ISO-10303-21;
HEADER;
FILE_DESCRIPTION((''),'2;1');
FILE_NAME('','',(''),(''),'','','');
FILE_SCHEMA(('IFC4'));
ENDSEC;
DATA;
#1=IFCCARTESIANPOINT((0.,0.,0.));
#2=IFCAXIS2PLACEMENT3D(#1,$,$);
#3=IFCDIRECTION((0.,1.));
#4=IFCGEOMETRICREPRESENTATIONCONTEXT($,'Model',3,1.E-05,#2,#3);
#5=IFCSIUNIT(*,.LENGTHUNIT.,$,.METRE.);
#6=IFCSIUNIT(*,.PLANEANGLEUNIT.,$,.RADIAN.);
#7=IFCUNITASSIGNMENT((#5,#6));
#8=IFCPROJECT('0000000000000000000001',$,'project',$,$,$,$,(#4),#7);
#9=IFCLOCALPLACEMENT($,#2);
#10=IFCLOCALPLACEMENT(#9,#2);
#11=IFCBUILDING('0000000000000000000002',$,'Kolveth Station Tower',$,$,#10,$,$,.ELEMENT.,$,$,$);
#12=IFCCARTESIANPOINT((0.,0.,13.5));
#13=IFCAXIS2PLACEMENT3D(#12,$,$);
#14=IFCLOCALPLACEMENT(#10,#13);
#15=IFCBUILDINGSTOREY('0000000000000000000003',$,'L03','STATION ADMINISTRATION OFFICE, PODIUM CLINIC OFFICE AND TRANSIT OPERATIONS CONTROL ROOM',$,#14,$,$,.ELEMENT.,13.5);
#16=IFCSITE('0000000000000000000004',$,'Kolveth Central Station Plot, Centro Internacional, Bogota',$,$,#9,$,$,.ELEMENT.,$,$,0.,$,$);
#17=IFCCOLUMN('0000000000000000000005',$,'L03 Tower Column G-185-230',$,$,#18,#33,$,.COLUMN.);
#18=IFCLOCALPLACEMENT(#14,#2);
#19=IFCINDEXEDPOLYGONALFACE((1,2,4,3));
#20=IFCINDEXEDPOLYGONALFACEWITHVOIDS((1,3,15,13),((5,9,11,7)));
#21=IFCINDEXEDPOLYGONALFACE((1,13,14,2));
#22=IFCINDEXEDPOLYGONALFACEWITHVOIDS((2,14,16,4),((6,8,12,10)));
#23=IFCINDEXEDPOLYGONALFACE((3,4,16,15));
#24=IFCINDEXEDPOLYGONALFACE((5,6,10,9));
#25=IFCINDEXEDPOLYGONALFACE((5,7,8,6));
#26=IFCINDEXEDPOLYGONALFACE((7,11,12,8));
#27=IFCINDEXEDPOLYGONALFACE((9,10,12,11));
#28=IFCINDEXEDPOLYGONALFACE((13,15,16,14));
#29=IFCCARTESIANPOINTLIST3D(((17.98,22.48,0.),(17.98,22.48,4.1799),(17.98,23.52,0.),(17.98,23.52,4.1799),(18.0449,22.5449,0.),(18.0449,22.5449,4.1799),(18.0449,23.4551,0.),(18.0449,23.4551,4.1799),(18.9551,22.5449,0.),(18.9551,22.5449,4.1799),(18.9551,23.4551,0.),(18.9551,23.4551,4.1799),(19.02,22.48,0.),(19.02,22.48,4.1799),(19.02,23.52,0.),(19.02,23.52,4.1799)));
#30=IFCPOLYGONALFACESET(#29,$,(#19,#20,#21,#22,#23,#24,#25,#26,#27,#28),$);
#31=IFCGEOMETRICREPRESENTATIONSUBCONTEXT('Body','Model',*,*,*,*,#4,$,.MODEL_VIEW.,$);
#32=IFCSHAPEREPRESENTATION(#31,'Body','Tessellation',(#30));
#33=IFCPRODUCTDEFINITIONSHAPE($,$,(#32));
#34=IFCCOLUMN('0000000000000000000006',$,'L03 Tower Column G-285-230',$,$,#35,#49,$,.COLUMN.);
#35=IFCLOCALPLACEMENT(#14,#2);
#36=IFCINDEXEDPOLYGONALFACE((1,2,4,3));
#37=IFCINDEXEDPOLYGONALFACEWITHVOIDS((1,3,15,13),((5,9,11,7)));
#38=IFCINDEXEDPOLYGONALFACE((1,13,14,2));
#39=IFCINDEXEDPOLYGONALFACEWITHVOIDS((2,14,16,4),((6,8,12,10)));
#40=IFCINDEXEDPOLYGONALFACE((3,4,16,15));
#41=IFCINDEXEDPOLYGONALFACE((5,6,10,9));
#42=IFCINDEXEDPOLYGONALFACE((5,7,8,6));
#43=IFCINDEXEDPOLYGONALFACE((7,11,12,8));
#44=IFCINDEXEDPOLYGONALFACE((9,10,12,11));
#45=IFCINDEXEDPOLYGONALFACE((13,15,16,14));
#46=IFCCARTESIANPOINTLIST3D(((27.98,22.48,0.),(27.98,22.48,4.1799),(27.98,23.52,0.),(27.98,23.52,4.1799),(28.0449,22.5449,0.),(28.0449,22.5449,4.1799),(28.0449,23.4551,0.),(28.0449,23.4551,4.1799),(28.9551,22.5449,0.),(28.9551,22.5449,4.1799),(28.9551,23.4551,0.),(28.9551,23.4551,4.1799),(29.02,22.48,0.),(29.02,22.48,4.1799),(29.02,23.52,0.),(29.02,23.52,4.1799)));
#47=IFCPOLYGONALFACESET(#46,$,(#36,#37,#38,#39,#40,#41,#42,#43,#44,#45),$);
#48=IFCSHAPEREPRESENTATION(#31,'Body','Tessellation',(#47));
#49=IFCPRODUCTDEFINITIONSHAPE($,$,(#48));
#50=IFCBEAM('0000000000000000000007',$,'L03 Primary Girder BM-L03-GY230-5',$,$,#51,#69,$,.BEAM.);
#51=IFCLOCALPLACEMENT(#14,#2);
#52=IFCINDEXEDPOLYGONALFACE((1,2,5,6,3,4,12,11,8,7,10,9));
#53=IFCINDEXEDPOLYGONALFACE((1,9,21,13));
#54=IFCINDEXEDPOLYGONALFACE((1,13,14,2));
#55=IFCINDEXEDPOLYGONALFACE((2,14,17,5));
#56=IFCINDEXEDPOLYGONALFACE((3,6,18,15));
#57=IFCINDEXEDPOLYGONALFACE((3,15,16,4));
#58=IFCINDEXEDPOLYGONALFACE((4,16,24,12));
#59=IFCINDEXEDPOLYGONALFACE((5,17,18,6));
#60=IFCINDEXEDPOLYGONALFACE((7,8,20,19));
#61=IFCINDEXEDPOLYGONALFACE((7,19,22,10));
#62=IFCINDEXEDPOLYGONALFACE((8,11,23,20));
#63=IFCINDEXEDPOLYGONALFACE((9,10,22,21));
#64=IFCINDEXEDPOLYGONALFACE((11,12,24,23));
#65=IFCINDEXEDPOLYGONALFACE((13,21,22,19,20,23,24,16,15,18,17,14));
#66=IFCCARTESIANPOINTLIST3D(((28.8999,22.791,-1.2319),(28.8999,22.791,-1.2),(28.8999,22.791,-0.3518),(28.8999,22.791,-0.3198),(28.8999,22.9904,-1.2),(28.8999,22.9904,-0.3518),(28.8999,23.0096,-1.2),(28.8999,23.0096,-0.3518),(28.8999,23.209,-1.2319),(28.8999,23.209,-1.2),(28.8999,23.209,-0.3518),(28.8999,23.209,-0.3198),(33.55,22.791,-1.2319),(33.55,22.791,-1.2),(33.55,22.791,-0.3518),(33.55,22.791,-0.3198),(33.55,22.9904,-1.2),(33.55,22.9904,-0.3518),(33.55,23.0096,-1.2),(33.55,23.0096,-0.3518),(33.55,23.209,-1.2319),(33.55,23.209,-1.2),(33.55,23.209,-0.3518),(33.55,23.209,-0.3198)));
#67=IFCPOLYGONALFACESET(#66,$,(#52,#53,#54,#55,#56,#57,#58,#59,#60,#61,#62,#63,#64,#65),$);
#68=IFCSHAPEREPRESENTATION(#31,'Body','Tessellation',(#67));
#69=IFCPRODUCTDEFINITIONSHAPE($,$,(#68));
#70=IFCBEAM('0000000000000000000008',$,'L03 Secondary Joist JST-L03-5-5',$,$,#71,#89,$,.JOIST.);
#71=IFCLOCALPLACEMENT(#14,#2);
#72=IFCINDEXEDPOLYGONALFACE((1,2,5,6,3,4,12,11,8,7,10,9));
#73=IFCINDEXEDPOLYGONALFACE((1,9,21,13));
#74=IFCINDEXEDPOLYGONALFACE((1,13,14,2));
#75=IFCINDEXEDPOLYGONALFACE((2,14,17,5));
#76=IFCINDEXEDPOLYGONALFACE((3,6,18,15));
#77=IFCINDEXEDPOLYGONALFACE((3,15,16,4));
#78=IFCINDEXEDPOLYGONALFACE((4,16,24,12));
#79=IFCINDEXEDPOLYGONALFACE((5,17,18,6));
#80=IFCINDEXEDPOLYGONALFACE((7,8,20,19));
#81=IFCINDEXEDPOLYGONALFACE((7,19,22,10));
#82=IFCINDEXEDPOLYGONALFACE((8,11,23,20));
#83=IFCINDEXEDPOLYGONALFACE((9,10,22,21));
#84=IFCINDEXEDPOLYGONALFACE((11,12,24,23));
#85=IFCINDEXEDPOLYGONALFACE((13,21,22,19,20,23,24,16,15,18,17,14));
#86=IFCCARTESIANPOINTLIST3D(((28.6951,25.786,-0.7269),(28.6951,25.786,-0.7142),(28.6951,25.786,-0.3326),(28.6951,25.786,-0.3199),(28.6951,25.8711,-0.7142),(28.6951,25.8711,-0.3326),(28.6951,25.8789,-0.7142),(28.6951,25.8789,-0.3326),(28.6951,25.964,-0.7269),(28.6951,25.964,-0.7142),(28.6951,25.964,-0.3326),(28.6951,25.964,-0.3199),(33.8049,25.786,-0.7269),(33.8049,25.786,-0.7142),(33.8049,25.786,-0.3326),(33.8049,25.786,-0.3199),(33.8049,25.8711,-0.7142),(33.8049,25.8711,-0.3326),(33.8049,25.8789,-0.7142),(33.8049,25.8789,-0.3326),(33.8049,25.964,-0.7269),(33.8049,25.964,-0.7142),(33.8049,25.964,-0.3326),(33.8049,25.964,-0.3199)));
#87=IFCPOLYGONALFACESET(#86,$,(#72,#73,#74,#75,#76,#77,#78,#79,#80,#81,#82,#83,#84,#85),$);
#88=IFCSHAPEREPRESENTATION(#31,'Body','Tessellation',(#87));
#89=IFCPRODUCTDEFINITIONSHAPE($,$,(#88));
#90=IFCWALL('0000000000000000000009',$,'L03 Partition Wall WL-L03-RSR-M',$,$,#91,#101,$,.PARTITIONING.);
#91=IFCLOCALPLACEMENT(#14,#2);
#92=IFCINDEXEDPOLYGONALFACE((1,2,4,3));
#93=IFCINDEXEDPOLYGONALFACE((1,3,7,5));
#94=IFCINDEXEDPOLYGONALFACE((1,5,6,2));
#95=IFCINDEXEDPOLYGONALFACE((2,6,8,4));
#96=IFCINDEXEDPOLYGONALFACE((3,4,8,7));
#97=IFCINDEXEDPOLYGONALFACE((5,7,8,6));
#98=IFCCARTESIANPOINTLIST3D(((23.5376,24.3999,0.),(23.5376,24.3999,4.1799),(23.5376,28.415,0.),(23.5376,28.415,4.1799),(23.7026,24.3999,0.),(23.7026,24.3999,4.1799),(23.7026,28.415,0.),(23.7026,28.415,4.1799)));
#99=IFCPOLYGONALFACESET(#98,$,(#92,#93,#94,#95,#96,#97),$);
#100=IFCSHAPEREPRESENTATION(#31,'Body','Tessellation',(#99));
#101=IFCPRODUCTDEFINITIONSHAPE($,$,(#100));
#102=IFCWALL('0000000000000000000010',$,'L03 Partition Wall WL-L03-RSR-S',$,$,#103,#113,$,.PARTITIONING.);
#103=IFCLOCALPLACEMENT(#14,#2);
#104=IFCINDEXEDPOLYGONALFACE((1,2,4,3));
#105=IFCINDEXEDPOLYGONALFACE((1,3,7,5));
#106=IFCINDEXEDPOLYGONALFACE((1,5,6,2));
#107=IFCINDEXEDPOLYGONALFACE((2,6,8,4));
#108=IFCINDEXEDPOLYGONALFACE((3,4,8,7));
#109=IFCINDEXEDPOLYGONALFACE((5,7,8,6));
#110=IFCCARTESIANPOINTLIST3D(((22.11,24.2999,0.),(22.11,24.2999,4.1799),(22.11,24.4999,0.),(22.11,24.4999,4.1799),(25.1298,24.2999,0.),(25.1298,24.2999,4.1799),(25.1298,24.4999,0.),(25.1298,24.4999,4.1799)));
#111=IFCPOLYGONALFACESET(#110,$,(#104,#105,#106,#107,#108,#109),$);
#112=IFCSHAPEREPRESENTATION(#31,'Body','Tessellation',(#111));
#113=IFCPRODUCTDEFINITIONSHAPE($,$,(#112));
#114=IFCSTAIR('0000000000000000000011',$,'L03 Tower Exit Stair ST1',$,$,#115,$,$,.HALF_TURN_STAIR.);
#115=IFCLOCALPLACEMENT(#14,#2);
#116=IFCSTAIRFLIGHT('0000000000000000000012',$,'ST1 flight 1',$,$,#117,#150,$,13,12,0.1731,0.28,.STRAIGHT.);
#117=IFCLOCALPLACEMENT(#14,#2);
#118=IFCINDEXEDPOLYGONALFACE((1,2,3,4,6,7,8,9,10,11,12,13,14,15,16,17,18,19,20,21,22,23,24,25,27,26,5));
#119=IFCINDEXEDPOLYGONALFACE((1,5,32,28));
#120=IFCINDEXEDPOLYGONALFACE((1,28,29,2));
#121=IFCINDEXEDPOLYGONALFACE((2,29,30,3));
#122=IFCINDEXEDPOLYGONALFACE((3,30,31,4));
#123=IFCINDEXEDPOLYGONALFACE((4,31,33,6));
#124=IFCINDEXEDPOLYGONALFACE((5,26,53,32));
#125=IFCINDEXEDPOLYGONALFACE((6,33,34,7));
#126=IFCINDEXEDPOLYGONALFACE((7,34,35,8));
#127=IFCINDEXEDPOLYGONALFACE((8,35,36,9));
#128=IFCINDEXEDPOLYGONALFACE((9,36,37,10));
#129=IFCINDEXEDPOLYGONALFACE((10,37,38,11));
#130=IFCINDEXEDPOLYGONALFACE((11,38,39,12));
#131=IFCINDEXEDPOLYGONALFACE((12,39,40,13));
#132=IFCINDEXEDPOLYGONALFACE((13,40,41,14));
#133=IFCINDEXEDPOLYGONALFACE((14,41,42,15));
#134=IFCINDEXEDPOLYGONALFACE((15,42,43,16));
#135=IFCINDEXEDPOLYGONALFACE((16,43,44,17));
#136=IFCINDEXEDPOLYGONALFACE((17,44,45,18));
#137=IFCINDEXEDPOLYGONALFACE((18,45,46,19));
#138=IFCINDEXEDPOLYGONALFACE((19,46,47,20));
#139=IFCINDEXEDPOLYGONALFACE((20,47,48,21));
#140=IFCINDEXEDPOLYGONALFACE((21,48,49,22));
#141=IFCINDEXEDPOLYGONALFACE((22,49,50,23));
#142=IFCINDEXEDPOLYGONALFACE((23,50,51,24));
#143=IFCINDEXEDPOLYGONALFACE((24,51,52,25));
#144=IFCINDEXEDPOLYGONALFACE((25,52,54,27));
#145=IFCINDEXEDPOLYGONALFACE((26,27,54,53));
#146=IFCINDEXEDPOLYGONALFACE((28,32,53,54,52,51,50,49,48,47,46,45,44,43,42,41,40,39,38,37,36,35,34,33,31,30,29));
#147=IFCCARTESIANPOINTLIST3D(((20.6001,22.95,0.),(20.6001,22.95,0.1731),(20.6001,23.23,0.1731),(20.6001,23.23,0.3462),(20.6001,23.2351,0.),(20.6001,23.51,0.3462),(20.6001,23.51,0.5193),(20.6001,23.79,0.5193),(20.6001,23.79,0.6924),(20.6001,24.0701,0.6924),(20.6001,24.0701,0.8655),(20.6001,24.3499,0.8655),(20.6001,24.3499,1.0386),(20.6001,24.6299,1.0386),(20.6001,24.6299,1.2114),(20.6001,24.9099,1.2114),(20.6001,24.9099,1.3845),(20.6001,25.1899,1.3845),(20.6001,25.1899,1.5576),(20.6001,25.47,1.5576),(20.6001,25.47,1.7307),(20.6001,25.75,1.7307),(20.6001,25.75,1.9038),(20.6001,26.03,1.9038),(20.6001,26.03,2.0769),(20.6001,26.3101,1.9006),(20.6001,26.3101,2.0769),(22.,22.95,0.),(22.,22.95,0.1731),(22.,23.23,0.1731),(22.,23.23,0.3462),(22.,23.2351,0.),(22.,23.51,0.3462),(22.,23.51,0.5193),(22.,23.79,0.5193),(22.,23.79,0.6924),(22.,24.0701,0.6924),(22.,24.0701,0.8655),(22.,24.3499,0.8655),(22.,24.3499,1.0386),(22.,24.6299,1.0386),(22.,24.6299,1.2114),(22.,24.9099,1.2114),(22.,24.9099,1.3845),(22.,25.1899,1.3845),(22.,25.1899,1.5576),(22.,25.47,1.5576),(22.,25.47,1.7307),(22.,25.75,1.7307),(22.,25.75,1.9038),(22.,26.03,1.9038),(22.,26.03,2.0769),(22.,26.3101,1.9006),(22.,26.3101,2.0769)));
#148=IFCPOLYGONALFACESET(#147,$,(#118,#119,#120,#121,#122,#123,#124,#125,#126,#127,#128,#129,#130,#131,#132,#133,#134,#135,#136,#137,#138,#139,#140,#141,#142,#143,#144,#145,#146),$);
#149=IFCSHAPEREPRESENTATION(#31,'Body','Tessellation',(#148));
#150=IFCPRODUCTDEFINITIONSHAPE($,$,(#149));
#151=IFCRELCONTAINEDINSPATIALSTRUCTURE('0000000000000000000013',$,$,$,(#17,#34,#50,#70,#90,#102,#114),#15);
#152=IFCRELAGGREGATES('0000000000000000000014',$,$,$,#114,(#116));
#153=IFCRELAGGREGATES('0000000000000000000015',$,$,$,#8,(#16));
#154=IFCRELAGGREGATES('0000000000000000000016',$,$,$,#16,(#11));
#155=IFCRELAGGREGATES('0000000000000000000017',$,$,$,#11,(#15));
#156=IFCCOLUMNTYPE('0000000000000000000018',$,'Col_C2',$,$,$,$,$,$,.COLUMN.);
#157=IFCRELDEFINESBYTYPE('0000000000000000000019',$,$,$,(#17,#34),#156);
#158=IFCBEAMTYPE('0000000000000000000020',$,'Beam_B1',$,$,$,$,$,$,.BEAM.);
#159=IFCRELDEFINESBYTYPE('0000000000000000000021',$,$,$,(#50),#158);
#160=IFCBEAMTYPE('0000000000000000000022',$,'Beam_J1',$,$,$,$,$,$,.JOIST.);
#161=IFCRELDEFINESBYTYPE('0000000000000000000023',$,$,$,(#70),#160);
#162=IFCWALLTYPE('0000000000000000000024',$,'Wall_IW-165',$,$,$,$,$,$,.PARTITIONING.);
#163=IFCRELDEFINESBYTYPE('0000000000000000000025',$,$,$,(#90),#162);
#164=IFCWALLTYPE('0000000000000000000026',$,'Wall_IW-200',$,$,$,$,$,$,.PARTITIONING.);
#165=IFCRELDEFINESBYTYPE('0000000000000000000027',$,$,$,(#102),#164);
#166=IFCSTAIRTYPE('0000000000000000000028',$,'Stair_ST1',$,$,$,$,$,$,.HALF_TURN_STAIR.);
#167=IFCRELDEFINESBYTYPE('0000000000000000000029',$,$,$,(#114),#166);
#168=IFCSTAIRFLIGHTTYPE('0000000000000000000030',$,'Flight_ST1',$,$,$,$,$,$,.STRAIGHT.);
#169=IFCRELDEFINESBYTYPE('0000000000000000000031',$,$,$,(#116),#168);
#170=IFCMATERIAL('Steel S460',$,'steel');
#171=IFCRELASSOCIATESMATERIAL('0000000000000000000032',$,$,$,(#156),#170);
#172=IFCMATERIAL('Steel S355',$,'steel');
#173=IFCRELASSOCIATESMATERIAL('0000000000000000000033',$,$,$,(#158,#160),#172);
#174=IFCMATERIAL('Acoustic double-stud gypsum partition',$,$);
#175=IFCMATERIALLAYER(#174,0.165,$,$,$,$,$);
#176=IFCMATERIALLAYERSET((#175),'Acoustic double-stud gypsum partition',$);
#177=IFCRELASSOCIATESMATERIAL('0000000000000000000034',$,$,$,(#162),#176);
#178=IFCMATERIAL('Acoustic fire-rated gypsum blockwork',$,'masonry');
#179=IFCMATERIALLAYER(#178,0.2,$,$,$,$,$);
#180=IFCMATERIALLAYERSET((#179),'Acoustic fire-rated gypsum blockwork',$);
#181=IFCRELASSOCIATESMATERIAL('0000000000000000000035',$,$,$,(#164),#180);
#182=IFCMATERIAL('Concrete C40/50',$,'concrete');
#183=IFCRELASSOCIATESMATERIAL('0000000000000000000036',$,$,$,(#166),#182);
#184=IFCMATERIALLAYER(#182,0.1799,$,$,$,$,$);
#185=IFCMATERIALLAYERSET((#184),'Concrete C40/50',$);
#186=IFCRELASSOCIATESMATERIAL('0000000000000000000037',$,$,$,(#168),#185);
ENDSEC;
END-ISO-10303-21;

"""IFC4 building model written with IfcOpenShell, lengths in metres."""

from ifc_helpers import new_model, si_unit, direction, frame, frame_2d, origin, origin_2d, place, context, subcontext, project, spatial, polyline, rectangle, hollow_rectangle, i_section, outline, extrude, source, transform, mapped, material, layer, layer_set, material_profile, profile_set, type_object, element, aggregate, save


model = new_model("IFC4")

# Units and contexts
model_context = context("Model", 3, precision=1e-05, world=origin(), true_north=direction((0.0, 1.0)))
body_context = subcontext(model_context, "Body", "Model", "MODEL_VIEW")
ifc_project = project(units=[si_unit("LENGTHUNIT", "METRE"), si_unit("PLANEANGLEUNIT", "RADIAN")], contexts=[model_context])

# Site, building, storey
site_placement = place(None, origin())
site = spatial("IfcSite", under=ifc_project, at=site_placement, Name="Kolveth Central Station Plot, Centro Internacional, Bogota", CompositionType="ELEMENT", RefElevation=0.0)
building_placement = place(site_placement, origin())
building = spatial("IfcBuilding", under=site, at=building_placement, Name="Kolveth Station Tower", CompositionType="ELEMENT")
storey_placement = place(building_placement, frame((0.0, 0.0, 13.5)))
storey = spatial("IfcBuildingStorey", under=building, at=storey_placement, Name="L03", Description="STATION ADMINISTRATION OFFICE, PODIUM CLINIC OFFICE AND TRANSIT OPERATIONS CONTROL ROOM", CompositionType="ELEMENT", Elevation=13.5)

# Columns
ifc_material_1 = material(Name="Steel S460", Category="steel")
ifc_material_profile_1 = material_profile(ifc_material_1, hollow_rectangle(XDim=1.04, YDim=1.04, WallThickness=0.0649, at=origin_2d()), Name="BOX1040x1040x65")
ifc_profile_set_1 = profile_set([ifc_material_profile_1], Name="Steel S460")
column_type = type_object("IfcColumnType", Name="Col_C2", PredefinedType="COLUMN", material=ifc_profile_set_1)
shared_shape_1 = source(origin(), body_context, "Body", "SweptSolid", [
    extrude(hollow_rectangle(XDim=1.04, YDim=1.04, WallThickness=0.0649, at=origin_2d()), origin(), (0.0, 0.0, 1.0), 4.1799),
])
for number, where, z_axis, x_axis, name in (
    (1, (18.5, 23.0, 0.0), (0.0, 0.0, 1.0), (1.0, 0.0, 0.0), "L03 Tower Column G-185-230"),
    (2, (28.5, 23.0, 0.0), (0.0, 0.0, 1.0), (1.0, 0.0, 0.0), "L03 Tower Column G-285-230"),
):
    element("IfcColumn", number, at=place(storey_placement, frame(where, z_axis=z_axis, x_axis=x_axis)), inside=storey, type_object=column_type, Name=name, PredefinedType="COLUMN", context=body_context, shape_type="MappedRepresentation", body=[
        mapped(shared_shape_1, transform((0.0, 0.0, 0.0), x_axis=(1.0, 0.0, 0.0), y_axis=(0.0, 1.0, 0.0), z_axis=(0.0, 0.0, 1.0), scale=1.0)),
    ])

# Beams
ifc_material_2 = material(Name="Steel S355", Category="steel")
ifc_material_profile_2 = material_profile(ifc_material_2, i_section(OverallWidth=0.418, OverallDepth=0.9121, WebThickness=0.0193, FlangeThickness=0.032, at=origin_2d()), Name="W920x342")
ifc_profile_set_2 = profile_set([ifc_material_profile_2], Name="Steel S355")
beam_type_1 = type_object("IfcBeamType", Name="Beam_B1", PredefinedType="BEAM", material=ifc_profile_set_2)
shared_shape_2 = source(origin(), body_context, "Body", "SweptSolid", [
    extrude(i_section(OverallWidth=0.418, OverallDepth=0.9121, WebThickness=0.0193, FlangeThickness=0.032, at=origin_2d()), origin(), (0.0, 0.0, 1.0), 4.6501),
])
beam_1_placement = place(storey_placement, frame((28.8999, 23.0, -0.7759), z_axis=(1.0, 0.0, 0.0), x_axis=(0.0, 1.0, 0.0)))
element("IfcBeam", 3, at=beam_1_placement, inside=storey, type_object=beam_type_1, Name="L03 Primary Girder BM-L03-GY230-5", PredefinedType="BEAM", context=body_context, shape_type="MappedRepresentation", body=[
    mapped(shared_shape_2, transform((0.0, 0.0, 0.0), x_axis=(1.0, 0.0, 0.0), y_axis=(0.0, 1.0, 0.0), z_axis=(0.0, 0.0, 1.0), scale=1.0)),
])
ifc_material_profile_3 = material_profile(ifc_material_2, i_section(OverallWidth=0.178, OverallDepth=0.407, WebThickness=0.0078, FlangeThickness=0.0127, at=origin_2d()), Name="W410x60")
ifc_profile_set_3 = profile_set([ifc_material_profile_3], Name="Steel S355")
beam_type_2 = type_object("IfcBeamType", Name="Beam_J1", PredefinedType="JOIST", material=ifc_profile_set_3)
shared_shape_3 = source(origin(), body_context, "Body", "SweptSolid", [
    extrude(i_section(OverallWidth=0.178, OverallDepth=0.407, WebThickness=0.0078, FlangeThickness=0.0127, at=origin_2d()), origin(), (0.0, 0.0, 1.0), 5.1099),
])
beam_2_placement = place(storey_placement, frame((28.6951, 25.875, -0.5234), z_axis=(1.0, 0.0, 0.0), x_axis=(0.0, 1.0, 0.0)))
element("IfcBeam", 4, at=beam_2_placement, inside=storey, type_object=beam_type_2, Name="L03 Secondary Joist JST-L03-5-5", PredefinedType="JOIST", context=body_context, shape_type="MappedRepresentation", body=[
    mapped(shared_shape_3, transform((0.0, 0.0, 0.0), x_axis=(1.0, 0.0, 0.0), y_axis=(0.0, 1.0, 0.0), z_axis=(0.0, 0.0, 1.0), scale=1.0)),
])

# Walls
ifc_material_3 = material(Name="Acoustic double-stud gypsum partition")
ifc_layer_1 = layer(ifc_material_3, 0.165)
ifc_layer_set_1 = layer_set([ifc_layer_1], Name="Acoustic double-stud gypsum partition")
wall_type_1 = type_object("IfcWallType", Name="Wall_IW-165", PredefinedType="PARTITIONING", material=ifc_layer_set_1)
wall_1_placement = place(storey_placement, frame((23.6201, 24.3999, 0.0), z_axis=(0.0, 0.0, 1.0), x_axis=(0.0, 1.0, 0.0)))
element("IfcWall", 5, at=wall_1_placement, inside=storey, type_object=wall_type_1, Name="L03 Partition Wall WL-L03-RSR-M", PredefinedType="PARTITIONING", context=body_context, shape_type="SweptSolid", body=[
    extrude(rectangle(XDim=4.0151, YDim=0.165, at=frame_2d((2.0076, 0.0))), origin(), (0.0, 0.0, 1.0), 4.1799),
])
ifc_material_4 = material(Name="Acoustic fire-rated gypsum blockwork", Category="masonry")
ifc_layer_2 = layer(ifc_material_4, 0.2)
ifc_layer_set_2 = layer_set([ifc_layer_2], Name="Acoustic fire-rated gypsum blockwork")
wall_type_2 = type_object("IfcWallType", Name="Wall_IW-200", PredefinedType="PARTITIONING", material=ifc_layer_set_2)
wall_2_placement = place(storey_placement, frame((22.1101, 24.3999, 0.0), z_axis=(0.0, 0.0, 1.0), x_axis=(1.0, 0.0, 0.0)))
element("IfcWall", 6, at=wall_2_placement, inside=storey, type_object=wall_type_2, Name="L03 Partition Wall WL-L03-RSR-S", PredefinedType="PARTITIONING", context=body_context, shape_type="SweptSolid", body=[
    extrude(rectangle(XDim=3.0198, YDim=0.2, at=frame_2d((1.5098, 0.0))), origin(), (0.0, 0.0, 1.0), 4.1799),
])

# Stair, stair flight
ifc_material_5 = material(Name="Concrete C40/50", Category="concrete")
stair_type_1 = type_object("IfcStairType", Name="Stair_ST1", PredefinedType="HALF_TURN_STAIR", material=ifc_material_5)
stair_1_placement = place(storey_placement, origin())
stair_1 = element("IfcStair", 7, at=stair_1_placement, inside=storey, type_object=stair_type_1, Name="L03 Tower Exit Stair ST1", PredefinedType="HALF_TURN_STAIR")
ifc_layer_3 = layer(ifc_material_5, 0.1799)
ifc_layer_set_3 = layer_set([ifc_layer_3], Name="Concrete C40/50")
stair_flight_type_1 = type_object("IfcStairFlightType", Name="Flight_ST1", PredefinedType="STRAIGHT", material=ifc_layer_set_3)
stair_flight_1_placement = place(storey_placement, frame((21.3, 22.95, 0.0), z_axis=(0.0, 0.0, 1.0), x_axis=(0.0, 1.0, 0.0)))
stair_flight_1 = element("IfcStairFlight", 8, at=stair_flight_1_placement, type_object=stair_flight_type_1, Name="ST1 flight 1", NumberOfRisers=13, NumberOfTreads=12, PredefinedType="STRAIGHT", RiserHeight=0.1731, TreadLength=0.28, context=body_context, shape_type="SweptSolid", body=[
    extrude(outline(polyline([(0.0, 0.0), (0.0, 0.1731), (0.28, 0.1731), (0.28, 0.3462), (0.5601, 0.3462), (0.5601, 0.5193), (0.8401, 0.5193), (0.8401, 0.6924), (1.1201, 0.6924), (1.1201, 0.8655), (1.3999, 0.8655), (1.3999, 1.0386), (1.6799, 1.0386), (1.6799, 1.2114), (1.96, 1.2114), (1.96, 1.3845), (2.24, 1.3845), (2.24, 1.5576), (2.52, 1.5576), (2.52, 1.7307), (2.8, 1.7307), (2.8, 1.9038), (3.0801, 1.9038), (3.0801, 2.0769), (3.3601, 2.0769), (3.3601, 2.25), (3.3601, 1.9006), (0.2852, 0.0), (0.0, 0.0)])), frame((0.0, 0.7, 0.0), z_axis=(0.0, -1.0, 0.0), x_axis=(1.0, 0.0, 0.0)), (0.0, 0.0, 1.0), 1.3999),
])
aggregate(stair_1, [stair_flight_1])

save(model, "model.ifc")
